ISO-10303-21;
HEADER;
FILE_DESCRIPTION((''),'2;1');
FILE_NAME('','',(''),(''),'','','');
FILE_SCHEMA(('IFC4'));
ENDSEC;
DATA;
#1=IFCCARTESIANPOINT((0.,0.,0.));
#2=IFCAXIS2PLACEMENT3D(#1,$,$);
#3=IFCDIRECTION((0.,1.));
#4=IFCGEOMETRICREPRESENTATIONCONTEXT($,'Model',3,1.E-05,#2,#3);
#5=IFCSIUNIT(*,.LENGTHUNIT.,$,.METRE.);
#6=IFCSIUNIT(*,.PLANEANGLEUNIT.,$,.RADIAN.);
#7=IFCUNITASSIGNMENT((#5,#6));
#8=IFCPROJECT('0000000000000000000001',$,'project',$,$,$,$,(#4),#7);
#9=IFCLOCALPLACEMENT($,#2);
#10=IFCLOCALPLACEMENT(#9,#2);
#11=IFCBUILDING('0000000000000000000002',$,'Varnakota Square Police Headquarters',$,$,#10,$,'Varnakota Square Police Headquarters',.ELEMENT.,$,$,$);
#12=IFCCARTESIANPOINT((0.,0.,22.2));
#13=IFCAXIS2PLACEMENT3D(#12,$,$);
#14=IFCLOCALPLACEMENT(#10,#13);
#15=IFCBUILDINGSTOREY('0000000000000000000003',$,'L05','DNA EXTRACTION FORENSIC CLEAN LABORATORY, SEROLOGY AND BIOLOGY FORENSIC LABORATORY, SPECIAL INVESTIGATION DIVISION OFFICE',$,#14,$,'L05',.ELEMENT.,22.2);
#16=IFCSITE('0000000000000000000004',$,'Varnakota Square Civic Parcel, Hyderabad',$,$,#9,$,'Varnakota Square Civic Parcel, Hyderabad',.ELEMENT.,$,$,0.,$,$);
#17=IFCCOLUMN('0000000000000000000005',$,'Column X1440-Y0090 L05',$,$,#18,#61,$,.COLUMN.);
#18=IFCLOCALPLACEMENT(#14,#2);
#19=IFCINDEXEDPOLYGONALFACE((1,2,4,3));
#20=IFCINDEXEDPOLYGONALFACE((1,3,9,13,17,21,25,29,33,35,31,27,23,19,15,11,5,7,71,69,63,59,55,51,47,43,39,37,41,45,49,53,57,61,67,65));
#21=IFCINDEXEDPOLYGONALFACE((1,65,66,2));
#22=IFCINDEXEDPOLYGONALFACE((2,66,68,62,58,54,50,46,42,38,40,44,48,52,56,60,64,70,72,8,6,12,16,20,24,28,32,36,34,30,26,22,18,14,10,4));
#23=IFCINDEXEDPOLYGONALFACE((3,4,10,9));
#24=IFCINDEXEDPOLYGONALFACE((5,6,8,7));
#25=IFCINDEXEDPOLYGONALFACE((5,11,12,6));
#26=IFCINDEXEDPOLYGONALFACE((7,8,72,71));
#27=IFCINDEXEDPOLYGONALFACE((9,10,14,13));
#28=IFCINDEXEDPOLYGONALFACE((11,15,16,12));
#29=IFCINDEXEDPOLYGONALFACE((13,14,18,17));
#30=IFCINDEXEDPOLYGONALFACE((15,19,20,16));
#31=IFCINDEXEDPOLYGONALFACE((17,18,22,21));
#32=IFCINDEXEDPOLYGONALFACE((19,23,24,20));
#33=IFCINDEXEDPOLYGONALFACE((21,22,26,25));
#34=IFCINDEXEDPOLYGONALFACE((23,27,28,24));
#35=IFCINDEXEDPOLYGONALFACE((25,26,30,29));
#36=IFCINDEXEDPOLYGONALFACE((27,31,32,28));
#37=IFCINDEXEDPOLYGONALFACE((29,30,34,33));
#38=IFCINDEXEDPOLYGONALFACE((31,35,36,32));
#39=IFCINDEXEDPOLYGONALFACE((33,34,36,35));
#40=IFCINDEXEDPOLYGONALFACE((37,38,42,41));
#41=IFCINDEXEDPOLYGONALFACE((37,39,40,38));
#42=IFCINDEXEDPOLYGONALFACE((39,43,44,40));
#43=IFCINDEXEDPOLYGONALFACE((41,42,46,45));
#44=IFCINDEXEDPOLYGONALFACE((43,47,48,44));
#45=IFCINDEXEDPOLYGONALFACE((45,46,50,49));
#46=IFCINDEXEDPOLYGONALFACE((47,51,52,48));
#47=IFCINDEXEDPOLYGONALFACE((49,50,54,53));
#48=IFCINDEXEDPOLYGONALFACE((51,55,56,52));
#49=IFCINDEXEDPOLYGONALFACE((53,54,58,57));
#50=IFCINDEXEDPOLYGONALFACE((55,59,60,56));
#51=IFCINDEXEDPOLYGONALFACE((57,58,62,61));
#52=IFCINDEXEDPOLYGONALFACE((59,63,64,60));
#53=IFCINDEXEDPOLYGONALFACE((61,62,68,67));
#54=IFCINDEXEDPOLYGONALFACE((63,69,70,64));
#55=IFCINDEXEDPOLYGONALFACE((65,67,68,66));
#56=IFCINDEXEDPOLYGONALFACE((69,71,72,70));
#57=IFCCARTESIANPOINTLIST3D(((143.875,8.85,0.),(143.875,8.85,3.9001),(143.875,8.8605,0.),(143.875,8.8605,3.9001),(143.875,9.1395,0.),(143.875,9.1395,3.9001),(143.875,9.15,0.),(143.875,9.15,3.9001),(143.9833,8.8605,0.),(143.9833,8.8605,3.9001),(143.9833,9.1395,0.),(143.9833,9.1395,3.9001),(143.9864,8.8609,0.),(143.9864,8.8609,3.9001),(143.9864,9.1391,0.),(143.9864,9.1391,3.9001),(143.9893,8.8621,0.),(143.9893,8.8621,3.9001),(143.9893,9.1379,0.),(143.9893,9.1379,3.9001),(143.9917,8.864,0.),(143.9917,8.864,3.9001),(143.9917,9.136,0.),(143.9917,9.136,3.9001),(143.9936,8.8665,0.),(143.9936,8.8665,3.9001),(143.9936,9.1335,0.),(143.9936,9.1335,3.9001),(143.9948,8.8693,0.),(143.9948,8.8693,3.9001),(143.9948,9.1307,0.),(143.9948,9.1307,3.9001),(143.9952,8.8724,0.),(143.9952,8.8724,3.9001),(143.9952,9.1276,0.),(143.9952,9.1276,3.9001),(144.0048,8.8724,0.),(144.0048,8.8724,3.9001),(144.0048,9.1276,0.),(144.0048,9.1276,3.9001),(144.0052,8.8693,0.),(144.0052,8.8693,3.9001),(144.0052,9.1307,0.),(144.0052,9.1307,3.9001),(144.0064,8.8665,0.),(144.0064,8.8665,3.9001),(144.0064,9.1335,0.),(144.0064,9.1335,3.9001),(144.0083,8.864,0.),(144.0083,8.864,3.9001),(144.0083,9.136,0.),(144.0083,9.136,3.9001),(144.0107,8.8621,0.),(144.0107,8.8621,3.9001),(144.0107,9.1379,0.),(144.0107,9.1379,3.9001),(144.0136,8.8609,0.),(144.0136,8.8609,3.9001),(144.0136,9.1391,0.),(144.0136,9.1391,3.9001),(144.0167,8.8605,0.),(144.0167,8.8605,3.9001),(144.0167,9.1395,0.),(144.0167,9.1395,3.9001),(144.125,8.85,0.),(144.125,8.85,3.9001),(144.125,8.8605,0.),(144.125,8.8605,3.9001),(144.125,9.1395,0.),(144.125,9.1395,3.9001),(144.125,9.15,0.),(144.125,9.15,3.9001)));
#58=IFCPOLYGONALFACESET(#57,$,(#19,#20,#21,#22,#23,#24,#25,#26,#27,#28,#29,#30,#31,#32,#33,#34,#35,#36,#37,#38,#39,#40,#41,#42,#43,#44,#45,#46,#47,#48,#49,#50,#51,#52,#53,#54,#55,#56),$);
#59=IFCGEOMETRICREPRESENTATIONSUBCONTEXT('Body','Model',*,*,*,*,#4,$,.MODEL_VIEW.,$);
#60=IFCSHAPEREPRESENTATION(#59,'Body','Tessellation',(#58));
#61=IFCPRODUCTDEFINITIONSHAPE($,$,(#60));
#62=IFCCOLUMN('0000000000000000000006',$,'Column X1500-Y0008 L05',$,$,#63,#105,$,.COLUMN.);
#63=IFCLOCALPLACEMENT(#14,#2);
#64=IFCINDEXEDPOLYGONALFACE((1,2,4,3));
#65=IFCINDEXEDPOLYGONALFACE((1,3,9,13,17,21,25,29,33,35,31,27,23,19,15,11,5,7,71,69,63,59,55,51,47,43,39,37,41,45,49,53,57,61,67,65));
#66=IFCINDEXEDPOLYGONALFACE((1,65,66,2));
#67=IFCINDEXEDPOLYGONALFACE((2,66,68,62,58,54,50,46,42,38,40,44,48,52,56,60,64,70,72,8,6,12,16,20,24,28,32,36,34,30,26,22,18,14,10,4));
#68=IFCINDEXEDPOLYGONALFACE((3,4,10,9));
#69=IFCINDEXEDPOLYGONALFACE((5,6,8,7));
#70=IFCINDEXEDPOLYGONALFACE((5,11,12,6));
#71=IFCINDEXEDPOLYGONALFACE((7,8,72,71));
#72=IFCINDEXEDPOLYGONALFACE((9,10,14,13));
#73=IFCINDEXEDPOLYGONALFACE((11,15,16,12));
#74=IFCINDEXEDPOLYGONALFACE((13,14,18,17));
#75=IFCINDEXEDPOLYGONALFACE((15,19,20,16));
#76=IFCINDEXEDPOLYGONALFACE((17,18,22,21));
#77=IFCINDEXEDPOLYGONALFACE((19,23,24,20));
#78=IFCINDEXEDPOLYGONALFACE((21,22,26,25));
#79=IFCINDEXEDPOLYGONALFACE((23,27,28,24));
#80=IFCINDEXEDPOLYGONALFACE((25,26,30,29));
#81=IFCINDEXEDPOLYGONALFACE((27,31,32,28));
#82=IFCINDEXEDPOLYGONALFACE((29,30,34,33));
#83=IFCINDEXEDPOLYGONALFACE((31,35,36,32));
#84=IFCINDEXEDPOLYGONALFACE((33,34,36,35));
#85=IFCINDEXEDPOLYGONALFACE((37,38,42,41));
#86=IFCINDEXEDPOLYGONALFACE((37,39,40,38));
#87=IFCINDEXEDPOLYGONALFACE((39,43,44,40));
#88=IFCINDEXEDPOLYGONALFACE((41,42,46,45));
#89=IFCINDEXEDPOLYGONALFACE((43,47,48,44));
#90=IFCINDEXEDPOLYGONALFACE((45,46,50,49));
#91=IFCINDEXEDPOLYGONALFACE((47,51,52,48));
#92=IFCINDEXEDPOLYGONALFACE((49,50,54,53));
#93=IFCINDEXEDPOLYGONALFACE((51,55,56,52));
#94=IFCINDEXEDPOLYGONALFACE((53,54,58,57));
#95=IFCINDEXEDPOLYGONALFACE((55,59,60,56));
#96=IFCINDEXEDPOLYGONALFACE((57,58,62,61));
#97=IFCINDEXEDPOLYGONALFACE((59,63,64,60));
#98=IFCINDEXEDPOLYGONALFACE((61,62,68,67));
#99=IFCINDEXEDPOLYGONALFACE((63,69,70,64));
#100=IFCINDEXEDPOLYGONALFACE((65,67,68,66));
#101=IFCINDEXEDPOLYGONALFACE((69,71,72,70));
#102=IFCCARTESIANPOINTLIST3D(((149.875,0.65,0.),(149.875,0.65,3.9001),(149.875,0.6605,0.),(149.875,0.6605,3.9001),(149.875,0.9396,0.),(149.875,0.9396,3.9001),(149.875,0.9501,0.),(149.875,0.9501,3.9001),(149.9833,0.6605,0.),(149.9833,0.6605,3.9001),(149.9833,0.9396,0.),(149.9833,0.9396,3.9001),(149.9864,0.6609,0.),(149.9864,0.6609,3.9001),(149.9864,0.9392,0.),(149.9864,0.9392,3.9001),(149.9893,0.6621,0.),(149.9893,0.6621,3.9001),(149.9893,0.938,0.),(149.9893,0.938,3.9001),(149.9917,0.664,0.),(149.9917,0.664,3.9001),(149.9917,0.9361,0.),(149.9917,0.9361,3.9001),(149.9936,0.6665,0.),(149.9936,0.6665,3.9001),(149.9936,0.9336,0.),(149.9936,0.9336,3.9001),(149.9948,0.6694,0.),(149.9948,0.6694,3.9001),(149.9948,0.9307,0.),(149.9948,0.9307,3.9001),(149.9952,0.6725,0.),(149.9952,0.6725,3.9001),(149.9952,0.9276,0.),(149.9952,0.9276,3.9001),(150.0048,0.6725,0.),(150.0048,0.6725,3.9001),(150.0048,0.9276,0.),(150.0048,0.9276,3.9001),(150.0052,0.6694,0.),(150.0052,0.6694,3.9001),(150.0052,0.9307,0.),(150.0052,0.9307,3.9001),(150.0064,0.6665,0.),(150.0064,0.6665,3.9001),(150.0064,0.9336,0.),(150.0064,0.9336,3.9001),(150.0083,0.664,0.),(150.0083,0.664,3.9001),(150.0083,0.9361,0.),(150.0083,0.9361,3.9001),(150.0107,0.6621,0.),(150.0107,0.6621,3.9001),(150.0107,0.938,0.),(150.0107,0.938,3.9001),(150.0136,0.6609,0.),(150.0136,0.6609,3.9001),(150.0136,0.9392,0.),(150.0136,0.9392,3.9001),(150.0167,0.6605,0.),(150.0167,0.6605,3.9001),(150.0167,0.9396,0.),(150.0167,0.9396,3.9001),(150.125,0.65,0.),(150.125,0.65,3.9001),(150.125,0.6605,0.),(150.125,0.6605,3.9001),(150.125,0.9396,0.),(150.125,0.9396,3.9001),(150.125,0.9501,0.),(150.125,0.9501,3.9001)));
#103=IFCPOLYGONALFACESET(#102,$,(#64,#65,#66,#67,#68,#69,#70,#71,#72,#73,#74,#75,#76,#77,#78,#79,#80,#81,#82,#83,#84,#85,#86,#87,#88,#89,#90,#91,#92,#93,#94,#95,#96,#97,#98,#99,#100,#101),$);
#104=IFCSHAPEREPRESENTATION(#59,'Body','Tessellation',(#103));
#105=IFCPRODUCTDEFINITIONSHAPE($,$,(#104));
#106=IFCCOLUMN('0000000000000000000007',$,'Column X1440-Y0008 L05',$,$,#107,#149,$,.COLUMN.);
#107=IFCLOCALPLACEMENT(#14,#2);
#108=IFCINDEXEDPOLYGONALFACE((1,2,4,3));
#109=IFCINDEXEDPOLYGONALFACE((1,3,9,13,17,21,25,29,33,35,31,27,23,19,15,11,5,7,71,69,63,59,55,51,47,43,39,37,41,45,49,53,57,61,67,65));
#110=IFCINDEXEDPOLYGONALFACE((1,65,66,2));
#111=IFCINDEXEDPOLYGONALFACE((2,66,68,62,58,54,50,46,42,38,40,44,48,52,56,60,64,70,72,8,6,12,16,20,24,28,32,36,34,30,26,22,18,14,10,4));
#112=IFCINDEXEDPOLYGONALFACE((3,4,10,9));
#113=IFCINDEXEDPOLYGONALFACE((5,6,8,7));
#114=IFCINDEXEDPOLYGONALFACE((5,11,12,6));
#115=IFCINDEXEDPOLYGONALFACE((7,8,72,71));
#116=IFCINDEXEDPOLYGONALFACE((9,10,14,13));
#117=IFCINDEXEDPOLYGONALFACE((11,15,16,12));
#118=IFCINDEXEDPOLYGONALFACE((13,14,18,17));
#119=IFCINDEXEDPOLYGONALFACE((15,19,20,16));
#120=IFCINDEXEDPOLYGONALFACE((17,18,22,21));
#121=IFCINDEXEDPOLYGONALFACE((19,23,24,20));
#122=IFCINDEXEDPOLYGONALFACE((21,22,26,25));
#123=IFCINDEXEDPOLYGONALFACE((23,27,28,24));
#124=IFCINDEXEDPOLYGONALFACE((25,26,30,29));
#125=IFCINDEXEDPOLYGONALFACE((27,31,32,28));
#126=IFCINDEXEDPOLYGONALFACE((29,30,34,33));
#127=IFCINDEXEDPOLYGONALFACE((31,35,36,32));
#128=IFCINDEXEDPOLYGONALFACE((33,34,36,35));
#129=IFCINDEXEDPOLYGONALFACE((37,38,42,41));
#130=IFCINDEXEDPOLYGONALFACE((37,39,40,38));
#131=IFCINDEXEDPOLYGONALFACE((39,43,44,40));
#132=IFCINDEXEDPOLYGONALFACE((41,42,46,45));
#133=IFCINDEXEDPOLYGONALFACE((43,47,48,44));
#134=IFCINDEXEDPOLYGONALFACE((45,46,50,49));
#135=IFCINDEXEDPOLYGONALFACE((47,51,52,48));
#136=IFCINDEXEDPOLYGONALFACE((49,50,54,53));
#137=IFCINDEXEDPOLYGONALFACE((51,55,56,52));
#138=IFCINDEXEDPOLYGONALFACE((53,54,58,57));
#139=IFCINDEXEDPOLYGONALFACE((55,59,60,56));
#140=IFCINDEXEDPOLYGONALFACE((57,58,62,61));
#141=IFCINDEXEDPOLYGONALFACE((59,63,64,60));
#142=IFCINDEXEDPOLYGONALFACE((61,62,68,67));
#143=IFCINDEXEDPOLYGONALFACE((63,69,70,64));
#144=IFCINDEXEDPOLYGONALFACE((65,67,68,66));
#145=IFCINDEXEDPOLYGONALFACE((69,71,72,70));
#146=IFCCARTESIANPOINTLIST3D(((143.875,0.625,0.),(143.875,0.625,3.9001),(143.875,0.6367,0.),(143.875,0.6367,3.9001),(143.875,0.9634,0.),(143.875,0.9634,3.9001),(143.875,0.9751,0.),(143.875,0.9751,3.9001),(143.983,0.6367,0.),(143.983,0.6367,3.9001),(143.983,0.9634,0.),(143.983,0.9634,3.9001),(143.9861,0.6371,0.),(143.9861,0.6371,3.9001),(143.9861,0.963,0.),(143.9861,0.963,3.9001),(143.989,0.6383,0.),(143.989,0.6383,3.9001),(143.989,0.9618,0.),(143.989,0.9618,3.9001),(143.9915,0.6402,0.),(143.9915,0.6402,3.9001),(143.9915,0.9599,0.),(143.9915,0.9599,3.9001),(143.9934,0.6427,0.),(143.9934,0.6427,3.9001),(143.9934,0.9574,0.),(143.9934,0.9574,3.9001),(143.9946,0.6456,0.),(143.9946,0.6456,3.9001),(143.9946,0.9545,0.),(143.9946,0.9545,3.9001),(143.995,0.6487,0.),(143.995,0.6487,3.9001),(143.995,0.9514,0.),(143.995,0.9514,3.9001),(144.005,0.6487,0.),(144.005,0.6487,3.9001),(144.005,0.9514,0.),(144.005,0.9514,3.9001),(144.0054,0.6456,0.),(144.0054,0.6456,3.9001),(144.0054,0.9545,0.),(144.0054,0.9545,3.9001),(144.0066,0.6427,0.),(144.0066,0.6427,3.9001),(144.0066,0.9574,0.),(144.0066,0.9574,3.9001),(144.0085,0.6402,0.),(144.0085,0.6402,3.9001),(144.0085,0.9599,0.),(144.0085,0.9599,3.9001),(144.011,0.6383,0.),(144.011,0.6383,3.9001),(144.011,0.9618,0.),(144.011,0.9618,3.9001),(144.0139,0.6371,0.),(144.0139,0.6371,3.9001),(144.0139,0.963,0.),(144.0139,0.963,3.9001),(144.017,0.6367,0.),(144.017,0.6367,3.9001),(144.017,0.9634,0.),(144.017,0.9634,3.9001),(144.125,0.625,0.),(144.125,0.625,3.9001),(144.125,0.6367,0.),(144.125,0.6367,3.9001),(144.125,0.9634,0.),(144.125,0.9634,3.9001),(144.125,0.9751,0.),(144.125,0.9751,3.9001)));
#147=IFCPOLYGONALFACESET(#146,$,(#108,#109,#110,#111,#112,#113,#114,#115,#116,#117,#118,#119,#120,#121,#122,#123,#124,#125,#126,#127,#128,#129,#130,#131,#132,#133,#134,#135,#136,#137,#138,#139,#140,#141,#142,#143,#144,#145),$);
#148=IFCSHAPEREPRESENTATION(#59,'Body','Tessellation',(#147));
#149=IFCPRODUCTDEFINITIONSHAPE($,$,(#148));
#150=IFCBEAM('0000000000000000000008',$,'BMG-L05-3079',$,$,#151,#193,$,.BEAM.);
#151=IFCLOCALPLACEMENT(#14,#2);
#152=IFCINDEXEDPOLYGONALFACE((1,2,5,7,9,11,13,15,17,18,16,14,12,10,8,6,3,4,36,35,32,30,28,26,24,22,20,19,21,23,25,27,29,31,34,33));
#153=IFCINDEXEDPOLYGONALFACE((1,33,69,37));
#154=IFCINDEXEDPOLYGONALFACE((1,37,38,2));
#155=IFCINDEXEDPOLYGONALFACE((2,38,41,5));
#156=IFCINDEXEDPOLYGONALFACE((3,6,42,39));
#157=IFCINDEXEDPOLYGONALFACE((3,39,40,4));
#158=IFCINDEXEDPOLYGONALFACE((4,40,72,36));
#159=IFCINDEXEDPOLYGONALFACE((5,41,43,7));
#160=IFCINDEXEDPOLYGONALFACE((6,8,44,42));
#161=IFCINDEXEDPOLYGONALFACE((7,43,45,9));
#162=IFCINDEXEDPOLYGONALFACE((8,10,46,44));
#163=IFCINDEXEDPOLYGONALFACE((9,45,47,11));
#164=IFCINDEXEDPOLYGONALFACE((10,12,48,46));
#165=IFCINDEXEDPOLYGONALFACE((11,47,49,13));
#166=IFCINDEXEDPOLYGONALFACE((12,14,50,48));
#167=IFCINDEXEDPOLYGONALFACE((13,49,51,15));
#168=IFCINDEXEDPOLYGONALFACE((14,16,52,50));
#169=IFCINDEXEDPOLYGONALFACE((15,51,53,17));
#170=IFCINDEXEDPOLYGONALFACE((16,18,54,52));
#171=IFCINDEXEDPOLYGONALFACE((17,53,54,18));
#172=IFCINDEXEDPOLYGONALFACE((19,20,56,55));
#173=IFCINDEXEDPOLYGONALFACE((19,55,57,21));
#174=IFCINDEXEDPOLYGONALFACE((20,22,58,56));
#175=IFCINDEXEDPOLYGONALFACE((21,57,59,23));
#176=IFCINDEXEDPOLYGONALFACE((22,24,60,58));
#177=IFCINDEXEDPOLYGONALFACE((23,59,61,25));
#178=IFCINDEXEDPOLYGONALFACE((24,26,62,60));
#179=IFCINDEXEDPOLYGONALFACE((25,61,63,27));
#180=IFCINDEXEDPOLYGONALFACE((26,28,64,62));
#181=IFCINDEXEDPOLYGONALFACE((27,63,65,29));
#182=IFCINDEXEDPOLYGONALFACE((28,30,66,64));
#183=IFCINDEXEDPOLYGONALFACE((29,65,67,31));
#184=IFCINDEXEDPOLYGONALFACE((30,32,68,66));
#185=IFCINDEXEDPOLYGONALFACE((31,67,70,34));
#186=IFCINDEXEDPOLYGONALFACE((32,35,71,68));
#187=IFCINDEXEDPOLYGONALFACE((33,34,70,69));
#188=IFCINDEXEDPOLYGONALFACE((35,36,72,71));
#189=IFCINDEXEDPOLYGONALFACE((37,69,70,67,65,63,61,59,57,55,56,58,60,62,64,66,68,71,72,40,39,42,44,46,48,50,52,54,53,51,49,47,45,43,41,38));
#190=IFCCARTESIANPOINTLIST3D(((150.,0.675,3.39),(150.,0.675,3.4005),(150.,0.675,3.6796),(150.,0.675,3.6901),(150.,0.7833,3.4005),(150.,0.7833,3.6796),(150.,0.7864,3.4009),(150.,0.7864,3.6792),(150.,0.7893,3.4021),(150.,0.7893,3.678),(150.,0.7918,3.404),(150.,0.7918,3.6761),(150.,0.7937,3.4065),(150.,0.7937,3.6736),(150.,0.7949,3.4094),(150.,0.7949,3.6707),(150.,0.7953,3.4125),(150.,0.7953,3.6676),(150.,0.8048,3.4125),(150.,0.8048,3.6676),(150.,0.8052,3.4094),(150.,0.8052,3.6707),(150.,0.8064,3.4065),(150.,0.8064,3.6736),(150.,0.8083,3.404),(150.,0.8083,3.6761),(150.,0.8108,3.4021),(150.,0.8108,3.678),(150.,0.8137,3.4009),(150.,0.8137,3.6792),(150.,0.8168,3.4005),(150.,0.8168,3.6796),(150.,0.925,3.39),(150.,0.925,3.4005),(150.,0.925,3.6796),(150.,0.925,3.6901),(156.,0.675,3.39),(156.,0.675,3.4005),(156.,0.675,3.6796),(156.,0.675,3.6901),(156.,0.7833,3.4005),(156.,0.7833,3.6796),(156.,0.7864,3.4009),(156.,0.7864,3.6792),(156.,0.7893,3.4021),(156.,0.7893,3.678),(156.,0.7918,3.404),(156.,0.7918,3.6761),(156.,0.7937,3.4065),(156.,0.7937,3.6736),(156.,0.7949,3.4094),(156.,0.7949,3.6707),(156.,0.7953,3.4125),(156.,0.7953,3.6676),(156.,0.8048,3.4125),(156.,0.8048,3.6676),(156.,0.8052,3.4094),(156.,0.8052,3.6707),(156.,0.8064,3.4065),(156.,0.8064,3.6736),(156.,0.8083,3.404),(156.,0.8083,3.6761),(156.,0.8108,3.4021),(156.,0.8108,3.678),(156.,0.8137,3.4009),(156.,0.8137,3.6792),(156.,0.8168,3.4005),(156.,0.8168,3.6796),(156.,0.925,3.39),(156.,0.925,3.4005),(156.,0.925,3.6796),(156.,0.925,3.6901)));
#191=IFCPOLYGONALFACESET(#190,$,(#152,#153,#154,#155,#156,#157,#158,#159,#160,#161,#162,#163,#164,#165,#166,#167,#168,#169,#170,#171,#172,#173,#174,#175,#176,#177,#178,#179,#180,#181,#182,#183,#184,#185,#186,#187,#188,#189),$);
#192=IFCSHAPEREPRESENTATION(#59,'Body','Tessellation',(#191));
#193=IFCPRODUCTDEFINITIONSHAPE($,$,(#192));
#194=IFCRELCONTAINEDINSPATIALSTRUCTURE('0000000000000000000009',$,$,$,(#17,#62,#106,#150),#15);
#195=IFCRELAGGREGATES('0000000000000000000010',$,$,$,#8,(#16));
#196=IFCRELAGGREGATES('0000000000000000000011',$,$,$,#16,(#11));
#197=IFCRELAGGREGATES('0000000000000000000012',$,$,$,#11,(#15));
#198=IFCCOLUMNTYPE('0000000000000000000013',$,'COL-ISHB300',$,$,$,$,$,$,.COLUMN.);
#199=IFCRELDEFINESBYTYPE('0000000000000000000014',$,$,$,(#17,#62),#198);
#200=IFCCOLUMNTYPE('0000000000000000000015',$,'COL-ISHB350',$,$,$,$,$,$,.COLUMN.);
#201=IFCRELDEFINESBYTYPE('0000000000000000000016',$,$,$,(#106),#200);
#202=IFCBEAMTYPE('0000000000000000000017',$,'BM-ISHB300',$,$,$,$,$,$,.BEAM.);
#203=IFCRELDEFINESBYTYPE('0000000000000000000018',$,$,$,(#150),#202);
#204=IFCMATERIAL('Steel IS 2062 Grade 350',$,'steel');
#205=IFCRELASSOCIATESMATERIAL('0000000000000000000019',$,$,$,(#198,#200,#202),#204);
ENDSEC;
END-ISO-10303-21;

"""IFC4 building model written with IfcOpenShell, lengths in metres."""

from ifc_helpers import new_model, si_unit, direction, frame, origin, origin_2d, place, context, subcontext, project, spatial, i_section, extrude, material, material_profile, profile_set, type_object, element, save


model = new_model("IFC4")

# Units and contexts
model_context = context("Model", 3, precision=1e-05, world=origin(), true_north=direction((0.0, 1.0)))
body_context = subcontext(model_context, "Body", "Model", "MODEL_VIEW")
ifc_project = project(units=[si_unit("LENGTHUNIT", "METRE"), si_unit("PLANEANGLEUNIT", "RADIAN")], contexts=[model_context])

# Site, building, storey
site_placement = place(None, origin())
site = spatial("IfcSite", under=ifc_project, at=site_placement, Name="Varnakota Square Civic Parcel, Hyderabad", LongName="Varnakota Square Civic Parcel, Hyderabad", CompositionType="ELEMENT", RefElevation=0.0)
building_placement = place(site_placement, origin())
building = spatial("IfcBuilding", under=site, at=building_placement, Name="Varnakota Square Police Headquarters", LongName="Varnakota Square Police Headquarters", CompositionType="ELEMENT")
storey_placement = place(building_placement, frame((0.0, 0.0, 22.2)))
storey = spatial("IfcBuildingStorey", under=building, at=storey_placement, Name="L05", Description="DNA EXTRACTION FORENSIC CLEAN LABORATORY, SEROLOGY AND BIOLOGY FORENSIC LABORATORY, SPECIAL INVESTIGATION DIVISION OFFICE", LongName="L05", CompositionType="ELEMENT", Elevation=22.2)

# Columns
ifc_material_1 = material(Name="Steel IS 2062 Grade 350", Category="steel")
ifc_material_profile_1 = material_profile(ifc_material_1, i_section(OverallWidth=0.25, OverallDepth=0.3, WebThickness=0.0095, FlangeThickness=0.0105, FilletRadius=0.012, at=origin_2d()), Name="ISHB 300")
ifc_profile_set_1 = profile_set([ifc_material_profile_1], Name="Steel IS 2062 Grade 350")
column_type_1 = type_object("IfcColumnType", Name="COL-ISHB300", PredefinedType="COLUMN", material=ifc_profile_set_1)
for number, where, z_axis, x_axis, name in (
    (1, (144.0, 9.0, 0.0), (0.0, 0.0, 1.0), (1.0, 0.0, 0.0), "Column X1440-Y0090 L05"),
    (2, (150.0, 0.8, 0.0), (0.0, 0.0, 1.0), (1.0, 0.0, 0.0), "Column X1500-Y0008 L05"),
):
    element("IfcColumn", number, at=place(storey_placement, frame(where, z_axis=z_axis, x_axis=x_axis)), inside=storey, type_object=column_type_1, Name=name, PredefinedType="COLUMN", context=body_context, shape_type="SweptSolid", body=[
        extrude(i_section(OverallWidth=0.25, OverallDepth=0.3, WebThickness=0.0095, FlangeThickness=0.0105, FilletRadius=0.012, at=origin_2d()), origin(), (0.0, 0.0, 1.0), 3.9001),
    ])
ifc_material_profile_2 = material_profile(ifc_material_1, i_section(OverallWidth=0.25, OverallDepth=0.3501, WebThickness=0.01, FlangeThickness=0.0117, FilletRadius=0.012, at=origin_2d()), Name="ISHB 350")
ifc_profile_set_2 = profile_set([ifc_material_profile_2], Name="Steel IS 2062 Grade 350")
column_type_2 = type_object("IfcColumnType", Name="COL-ISHB350", PredefinedType="COLUMN", material=ifc_profile_set_2)
column_placement = place(storey_placement, frame((144.0, 0.8, 0.0), z_axis=(0.0, 0.0, 1.0), x_axis=(1.0, 0.0, 0.0)))
element("IfcColumn", 3, at=column_placement, inside=storey, type_object=column_type_2, Name="Column X1440-Y0008 L05", PredefinedType="COLUMN", context=body_context, shape_type="SweptSolid", body=[
    extrude(i_section(OverallWidth=0.25, OverallDepth=0.3501, WebThickness=0.01, FlangeThickness=0.0117, FilletRadius=0.012, at=origin_2d()), origin(), (0.0, 0.0, 1.0), 3.9001),
])

# Beam
ifc_material_profile_3 = material_profile(ifc_material_1, i_section(OverallWidth=0.25, OverallDepth=0.3, WebThickness=0.0095, FlangeThickness=0.0105, FilletRadius=0.012, at=origin_2d()), Name="ISHB 300")
ifc_profile_set_3 = profile_set([ifc_material_profile_3], Name="Steel IS 2062 Grade 350")
beam_type_1 = type_object("IfcBeamType", Name="BM-ISHB300", PredefinedType="BEAM", material=ifc_profile_set_3)
beam_1_placement = place(storey_placement, frame((150.0, 0.8, 3.54), z_axis=(1.0, 0.0, 0.0), x_axis=(0.0, 1.0, 0.0)))
element("IfcBeam", 4, at=beam_1_placement, inside=storey, type_object=beam_type_1, Name="BMG-L05-3079", PredefinedType="BEAM", context=body_context, shape_type="SweptSolid", body=[
    extrude(i_section(OverallWidth=0.25, OverallDepth=0.3, WebThickness=0.0095, FlangeThickness=0.0105, FilletRadius=0.012, at=origin_2d()), origin(), (0.0, 0.0, 1.0), 6.0),
])

save(model, "model.ifc")
